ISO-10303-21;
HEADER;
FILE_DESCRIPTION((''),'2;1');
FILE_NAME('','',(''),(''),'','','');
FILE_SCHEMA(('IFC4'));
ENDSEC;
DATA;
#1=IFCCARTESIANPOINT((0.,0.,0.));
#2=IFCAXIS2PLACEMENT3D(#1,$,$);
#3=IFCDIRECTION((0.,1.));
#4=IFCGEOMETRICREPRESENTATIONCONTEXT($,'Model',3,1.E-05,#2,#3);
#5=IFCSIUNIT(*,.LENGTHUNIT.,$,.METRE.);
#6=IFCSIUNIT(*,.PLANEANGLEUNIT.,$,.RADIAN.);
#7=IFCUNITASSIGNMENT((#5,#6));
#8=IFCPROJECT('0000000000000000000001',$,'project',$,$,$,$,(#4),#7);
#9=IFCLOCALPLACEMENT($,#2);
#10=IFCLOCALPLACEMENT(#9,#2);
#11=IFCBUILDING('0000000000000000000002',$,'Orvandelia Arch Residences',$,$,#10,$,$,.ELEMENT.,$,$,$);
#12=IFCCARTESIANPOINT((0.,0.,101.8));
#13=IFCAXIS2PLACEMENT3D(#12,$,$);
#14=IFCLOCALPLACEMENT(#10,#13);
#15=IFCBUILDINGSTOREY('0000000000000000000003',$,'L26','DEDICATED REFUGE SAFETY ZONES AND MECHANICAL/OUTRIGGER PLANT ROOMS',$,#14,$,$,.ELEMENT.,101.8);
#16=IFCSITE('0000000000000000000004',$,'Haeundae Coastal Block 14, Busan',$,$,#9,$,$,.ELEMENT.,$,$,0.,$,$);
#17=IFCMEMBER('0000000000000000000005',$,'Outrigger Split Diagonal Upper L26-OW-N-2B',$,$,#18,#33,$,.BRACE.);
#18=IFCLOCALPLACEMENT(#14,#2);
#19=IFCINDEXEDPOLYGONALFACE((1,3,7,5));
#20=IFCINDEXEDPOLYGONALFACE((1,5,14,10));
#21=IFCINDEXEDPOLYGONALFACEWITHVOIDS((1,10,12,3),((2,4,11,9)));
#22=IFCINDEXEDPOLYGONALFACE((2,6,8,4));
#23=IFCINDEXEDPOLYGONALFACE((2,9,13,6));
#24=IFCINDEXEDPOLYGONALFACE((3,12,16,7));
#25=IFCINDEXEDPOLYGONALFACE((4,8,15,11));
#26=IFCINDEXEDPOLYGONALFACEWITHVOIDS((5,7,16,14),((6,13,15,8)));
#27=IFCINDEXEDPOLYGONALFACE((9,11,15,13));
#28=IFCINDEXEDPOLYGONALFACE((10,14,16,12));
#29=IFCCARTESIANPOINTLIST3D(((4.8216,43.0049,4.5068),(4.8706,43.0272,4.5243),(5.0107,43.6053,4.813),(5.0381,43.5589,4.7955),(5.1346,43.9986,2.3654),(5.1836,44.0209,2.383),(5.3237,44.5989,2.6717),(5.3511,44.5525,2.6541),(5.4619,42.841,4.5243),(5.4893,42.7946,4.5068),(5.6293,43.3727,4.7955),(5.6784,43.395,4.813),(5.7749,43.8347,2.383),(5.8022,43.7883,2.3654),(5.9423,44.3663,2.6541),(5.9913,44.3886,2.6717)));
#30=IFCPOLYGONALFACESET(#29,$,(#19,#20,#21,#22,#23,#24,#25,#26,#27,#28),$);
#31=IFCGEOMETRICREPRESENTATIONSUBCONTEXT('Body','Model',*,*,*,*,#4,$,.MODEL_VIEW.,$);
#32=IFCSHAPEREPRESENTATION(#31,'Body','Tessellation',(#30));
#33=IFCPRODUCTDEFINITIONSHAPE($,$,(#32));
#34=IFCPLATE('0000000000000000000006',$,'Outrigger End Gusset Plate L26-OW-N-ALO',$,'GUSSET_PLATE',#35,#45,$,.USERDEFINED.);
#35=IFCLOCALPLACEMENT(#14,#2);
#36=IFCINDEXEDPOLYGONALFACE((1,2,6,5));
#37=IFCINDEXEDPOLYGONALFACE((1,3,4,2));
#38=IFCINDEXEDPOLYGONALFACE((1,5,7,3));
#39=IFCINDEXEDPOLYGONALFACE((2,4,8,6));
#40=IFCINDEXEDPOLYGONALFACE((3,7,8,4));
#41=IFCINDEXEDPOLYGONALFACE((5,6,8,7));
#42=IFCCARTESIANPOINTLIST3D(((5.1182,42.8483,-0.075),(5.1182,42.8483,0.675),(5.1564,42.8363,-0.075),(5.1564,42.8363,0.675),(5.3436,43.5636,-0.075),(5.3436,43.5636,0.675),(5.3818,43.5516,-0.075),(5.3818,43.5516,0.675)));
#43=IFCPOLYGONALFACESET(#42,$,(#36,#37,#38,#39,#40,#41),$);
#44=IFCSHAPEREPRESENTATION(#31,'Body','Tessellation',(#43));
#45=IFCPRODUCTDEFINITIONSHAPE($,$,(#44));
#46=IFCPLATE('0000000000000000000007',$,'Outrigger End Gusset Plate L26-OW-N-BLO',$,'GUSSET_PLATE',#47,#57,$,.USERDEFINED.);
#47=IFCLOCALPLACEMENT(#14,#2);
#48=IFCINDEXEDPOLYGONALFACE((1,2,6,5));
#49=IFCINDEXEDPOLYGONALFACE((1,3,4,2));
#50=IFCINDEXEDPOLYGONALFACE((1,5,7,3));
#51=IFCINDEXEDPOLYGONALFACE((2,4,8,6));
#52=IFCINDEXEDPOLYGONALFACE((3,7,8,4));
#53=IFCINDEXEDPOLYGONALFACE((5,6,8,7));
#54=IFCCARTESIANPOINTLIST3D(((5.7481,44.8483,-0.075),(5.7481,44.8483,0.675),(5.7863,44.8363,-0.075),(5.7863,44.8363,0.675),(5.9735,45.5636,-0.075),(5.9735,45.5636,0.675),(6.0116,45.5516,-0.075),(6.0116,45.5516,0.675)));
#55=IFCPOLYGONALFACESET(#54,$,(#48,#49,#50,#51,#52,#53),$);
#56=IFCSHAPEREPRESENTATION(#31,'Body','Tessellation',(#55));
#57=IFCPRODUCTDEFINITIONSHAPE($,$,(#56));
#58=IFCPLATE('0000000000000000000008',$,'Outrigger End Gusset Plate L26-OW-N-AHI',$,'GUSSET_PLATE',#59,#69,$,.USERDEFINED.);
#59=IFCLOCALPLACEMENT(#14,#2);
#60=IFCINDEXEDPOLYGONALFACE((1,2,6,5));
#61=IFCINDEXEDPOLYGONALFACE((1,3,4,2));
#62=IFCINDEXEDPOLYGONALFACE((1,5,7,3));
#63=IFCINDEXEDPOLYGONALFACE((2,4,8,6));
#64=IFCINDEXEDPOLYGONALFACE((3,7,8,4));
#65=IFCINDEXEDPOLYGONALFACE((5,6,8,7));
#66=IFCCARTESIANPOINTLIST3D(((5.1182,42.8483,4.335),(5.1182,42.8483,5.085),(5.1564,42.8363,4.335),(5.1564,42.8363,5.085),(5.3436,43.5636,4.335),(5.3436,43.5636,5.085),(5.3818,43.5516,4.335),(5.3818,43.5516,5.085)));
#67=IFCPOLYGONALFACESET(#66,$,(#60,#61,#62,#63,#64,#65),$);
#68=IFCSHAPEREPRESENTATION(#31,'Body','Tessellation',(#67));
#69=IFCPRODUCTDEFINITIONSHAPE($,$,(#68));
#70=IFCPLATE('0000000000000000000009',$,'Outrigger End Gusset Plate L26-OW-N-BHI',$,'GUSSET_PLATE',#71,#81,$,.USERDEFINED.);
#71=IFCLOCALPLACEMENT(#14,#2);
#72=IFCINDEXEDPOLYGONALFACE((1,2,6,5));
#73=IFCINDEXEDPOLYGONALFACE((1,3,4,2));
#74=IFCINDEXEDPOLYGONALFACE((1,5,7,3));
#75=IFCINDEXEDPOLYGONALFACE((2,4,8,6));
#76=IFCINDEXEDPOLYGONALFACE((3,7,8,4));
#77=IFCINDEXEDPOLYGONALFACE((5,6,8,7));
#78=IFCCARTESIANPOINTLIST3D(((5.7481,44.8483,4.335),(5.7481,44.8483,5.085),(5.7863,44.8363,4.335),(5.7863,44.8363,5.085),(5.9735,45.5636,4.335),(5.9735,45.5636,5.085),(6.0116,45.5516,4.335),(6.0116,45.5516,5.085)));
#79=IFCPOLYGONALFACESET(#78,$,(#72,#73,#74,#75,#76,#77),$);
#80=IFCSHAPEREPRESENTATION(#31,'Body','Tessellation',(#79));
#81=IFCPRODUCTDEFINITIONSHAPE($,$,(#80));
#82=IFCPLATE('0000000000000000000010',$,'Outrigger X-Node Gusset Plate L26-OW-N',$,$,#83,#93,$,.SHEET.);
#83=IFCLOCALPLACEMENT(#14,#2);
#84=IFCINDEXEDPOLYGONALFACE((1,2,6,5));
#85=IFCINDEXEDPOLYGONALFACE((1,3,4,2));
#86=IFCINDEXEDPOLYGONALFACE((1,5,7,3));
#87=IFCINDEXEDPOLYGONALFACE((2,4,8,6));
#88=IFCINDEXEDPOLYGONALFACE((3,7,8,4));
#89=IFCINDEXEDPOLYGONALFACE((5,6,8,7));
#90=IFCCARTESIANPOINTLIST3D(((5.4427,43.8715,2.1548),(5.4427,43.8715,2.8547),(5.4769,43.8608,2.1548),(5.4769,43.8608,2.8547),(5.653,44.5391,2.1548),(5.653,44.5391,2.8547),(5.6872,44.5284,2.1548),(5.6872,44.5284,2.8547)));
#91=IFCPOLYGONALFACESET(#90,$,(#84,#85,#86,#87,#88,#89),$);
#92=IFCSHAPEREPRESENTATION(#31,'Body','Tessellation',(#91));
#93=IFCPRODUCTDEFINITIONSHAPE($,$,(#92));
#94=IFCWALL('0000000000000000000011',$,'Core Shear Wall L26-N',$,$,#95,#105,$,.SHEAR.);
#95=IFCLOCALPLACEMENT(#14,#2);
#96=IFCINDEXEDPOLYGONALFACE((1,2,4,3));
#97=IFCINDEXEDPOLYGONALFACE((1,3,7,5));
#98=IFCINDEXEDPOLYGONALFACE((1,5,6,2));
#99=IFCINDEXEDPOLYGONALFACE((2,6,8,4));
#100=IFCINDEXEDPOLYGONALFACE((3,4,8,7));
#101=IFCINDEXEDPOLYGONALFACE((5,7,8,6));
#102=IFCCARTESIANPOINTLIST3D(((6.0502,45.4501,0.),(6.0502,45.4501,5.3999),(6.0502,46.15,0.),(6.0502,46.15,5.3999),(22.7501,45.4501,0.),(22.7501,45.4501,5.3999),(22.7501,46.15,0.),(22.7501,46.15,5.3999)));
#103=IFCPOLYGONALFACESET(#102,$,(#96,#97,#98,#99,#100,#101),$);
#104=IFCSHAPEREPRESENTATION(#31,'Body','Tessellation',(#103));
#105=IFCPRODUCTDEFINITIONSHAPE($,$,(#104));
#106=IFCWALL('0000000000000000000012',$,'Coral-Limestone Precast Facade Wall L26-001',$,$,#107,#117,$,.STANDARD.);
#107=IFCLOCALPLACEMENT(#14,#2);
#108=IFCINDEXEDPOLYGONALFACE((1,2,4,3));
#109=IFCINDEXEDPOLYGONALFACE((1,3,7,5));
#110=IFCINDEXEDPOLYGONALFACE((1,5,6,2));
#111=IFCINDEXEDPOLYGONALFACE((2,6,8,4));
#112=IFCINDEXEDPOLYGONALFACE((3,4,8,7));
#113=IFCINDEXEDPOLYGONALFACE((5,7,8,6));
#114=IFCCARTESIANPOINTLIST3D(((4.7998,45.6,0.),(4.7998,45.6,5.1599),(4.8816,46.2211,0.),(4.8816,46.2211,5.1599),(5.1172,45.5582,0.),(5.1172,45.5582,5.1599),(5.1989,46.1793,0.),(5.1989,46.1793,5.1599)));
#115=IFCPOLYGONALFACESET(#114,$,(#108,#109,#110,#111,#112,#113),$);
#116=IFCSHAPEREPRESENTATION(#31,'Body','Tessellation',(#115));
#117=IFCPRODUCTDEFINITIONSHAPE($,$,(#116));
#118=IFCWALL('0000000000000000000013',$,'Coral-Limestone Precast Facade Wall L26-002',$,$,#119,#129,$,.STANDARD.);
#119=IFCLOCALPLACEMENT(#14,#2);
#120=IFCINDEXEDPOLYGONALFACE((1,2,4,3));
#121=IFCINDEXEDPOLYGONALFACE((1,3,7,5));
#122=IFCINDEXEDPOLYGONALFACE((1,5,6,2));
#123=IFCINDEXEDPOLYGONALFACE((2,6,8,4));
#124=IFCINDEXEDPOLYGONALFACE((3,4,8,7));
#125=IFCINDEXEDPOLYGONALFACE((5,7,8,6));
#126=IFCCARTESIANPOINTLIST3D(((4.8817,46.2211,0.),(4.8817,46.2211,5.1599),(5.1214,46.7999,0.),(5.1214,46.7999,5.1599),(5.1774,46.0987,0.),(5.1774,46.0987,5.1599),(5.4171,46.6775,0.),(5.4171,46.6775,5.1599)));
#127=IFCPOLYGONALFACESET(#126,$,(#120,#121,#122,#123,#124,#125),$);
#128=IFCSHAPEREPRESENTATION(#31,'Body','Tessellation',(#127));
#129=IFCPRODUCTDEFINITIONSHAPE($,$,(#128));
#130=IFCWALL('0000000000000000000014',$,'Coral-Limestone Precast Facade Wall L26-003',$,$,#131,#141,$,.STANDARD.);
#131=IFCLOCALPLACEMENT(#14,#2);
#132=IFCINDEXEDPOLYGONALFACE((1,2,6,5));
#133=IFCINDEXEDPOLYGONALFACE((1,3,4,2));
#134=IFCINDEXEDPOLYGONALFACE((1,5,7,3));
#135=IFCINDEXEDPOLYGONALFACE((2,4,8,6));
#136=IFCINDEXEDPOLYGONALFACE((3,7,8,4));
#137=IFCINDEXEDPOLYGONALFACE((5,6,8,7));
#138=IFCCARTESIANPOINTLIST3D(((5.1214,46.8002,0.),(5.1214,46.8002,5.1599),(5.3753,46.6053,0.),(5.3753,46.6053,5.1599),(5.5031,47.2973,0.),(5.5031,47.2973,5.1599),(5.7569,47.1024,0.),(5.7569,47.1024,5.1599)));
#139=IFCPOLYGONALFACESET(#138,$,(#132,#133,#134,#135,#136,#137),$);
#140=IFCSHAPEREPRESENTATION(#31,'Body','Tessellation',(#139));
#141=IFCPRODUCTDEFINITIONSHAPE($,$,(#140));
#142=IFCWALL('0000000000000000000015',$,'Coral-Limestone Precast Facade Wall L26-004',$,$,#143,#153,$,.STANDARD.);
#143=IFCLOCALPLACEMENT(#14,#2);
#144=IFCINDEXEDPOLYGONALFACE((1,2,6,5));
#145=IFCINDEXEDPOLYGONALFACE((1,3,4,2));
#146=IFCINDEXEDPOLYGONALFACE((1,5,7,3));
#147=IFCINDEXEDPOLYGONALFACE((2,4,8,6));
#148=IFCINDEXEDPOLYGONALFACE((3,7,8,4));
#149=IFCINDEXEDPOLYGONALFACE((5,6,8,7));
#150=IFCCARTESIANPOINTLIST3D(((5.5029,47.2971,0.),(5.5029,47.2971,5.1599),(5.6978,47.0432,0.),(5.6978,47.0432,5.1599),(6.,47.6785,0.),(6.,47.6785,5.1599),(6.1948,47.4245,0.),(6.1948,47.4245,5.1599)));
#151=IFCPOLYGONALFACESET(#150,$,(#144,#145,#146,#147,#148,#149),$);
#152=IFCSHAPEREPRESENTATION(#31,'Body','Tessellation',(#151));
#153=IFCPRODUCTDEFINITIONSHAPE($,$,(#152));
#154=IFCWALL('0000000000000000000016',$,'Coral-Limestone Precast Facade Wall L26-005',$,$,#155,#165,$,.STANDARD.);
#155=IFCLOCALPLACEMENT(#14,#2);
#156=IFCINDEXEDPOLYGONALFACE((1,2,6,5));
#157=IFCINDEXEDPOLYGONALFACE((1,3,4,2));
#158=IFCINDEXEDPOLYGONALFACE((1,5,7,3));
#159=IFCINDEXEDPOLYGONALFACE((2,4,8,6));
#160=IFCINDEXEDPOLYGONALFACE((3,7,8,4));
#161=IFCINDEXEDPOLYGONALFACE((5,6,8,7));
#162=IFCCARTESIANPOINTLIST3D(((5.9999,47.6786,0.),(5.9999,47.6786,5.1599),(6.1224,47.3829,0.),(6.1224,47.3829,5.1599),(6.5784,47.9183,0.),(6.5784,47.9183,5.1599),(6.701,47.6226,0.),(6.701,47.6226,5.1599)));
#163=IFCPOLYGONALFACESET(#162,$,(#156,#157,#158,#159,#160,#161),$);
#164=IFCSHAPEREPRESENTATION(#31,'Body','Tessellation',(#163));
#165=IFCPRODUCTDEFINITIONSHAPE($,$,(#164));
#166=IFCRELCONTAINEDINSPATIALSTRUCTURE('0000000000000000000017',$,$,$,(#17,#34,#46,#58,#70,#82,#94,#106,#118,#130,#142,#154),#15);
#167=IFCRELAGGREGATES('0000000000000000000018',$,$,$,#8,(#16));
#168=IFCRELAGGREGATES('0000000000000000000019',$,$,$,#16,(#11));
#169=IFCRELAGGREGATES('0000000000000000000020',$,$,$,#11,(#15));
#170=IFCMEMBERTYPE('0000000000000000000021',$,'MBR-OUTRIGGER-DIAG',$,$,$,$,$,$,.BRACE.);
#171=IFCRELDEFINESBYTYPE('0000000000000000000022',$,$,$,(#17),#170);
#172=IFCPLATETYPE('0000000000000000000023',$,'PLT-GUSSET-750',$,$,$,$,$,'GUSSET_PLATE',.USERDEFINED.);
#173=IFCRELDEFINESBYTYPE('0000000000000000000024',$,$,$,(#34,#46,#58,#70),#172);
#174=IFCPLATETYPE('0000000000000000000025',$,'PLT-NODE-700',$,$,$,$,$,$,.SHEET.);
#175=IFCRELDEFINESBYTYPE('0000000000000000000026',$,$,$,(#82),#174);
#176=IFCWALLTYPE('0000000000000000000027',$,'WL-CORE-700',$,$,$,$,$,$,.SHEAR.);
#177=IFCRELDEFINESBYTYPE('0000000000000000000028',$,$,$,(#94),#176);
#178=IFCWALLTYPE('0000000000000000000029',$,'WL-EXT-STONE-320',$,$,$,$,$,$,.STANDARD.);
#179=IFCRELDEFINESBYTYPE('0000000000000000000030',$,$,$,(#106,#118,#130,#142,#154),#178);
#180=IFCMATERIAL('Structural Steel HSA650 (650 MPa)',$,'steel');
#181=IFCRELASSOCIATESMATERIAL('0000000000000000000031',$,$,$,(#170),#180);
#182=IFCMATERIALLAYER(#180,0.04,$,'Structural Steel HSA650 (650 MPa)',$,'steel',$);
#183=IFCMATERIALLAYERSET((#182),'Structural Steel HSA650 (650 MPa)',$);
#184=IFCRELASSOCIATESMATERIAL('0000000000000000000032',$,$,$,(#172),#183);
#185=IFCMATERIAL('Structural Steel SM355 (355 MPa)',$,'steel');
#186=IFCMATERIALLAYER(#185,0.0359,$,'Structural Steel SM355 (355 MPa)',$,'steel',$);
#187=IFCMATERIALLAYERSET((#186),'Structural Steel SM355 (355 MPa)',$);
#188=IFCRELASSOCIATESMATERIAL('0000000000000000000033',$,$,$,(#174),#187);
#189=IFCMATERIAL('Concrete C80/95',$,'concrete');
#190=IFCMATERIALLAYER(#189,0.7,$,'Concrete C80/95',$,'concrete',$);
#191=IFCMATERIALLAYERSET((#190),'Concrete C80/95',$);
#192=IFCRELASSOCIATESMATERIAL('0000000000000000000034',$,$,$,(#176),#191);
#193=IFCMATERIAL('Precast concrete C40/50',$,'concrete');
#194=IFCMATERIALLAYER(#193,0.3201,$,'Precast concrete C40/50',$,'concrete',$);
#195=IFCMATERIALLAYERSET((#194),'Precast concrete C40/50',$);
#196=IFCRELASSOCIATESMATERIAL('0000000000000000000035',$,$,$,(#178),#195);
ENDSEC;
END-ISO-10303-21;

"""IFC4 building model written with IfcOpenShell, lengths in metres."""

from ifc_helpers import new_model, si_unit, direction, frame, frame_2d, origin, origin_2d, place, context, subcontext, project, spatial, rectangle, hollow_rectangle, extrude, material, layer, layer_set, material_profile, profile_set, type_object, element, save


model = new_model("IFC4")

# Units and contexts
model_context = context("Model", 3, precision=1e-05, world=origin(), true_north=direction((0.0, 1.0)))
body_context = subcontext(model_context, "Body", "Model", "MODEL_VIEW")
ifc_project = project(units=[si_unit("LENGTHUNIT", "METRE"), si_unit("PLANEANGLEUNIT", "RADIAN")], contexts=[model_context])

# Site, building, storey
site_placement = place(None, origin())
site = spatial("IfcSite", under=ifc_project, at=site_placement, Name="Haeundae Coastal Block 14, Busan", CompositionType="ELEMENT", RefElevation=0.0)
building_placement = place(site_placement, origin())
building = spatial("IfcBuilding", under=site, at=building_placement, Name="Orvandelia Arch Residences", CompositionType="ELEMENT")
storey_placement = place(building_placement, frame((0.0, 0.0, 101.8)))
storey = spatial("IfcBuildingStorey", under=building, at=storey_placement, Name="L26", Description="DEDICATED REFUGE SAFETY ZONES AND MECHANICAL/OUTRIGGER PLANT ROOMS", CompositionType="ELEMENT", Elevation=101.8)

# Shared definitions
ifc_material_1 = material(Name="Concrete C80/95", Category="concrete")

# Shared definitions
ifc_material_2 = material(Name="Structural Steel SM355 (355 MPa)", Category="steel")

# Member
ifc_material_3 = material(Name="Structural Steel HSA650 (650 MPa)", Category="steel")
ifc_material_profile_1 = material_profile(ifc_material_3, hollow_rectangle(XDim=0.7, YDim=0.7, WallThickness=0.04, at=origin_2d()), Name="Structural Steel HSA650 (650 MPa)", Category="steel")
ifc_profile_set_1 = profile_set([ifc_material_profile_1], Name="Structural Steel HSA650 (650 MPa)")
member_type_1 = type_object("IfcMemberType", Name="MBR-OUTRIGGER-DIAG", PredefinedType="BRACE", material=ifc_profile_set_1)
member_1_placement = place(storey_placement, frame((5.563, 44.1936, 2.5186), z_axis=(-0.131434, -0.417268, 0.899229), x_axis=(0.953802, -0.300436, 0.0)))
element("IfcMember", 1, at=member_1_placement, inside=storey, type_object=member_type_1, Name="Outrigger Split Diagonal Upper L26-OW-N-2B", PredefinedType="BRACE", context=body_context, shape_type="SweptSolid", body=[
    extrude(hollow_rectangle(XDim=0.7, YDim=0.7, WallThickness=0.04, at=origin_2d()), origin(), (0.0, 0.0, 1.0), 2.3813),
])

# Plates
ifc_layer_1 = layer(ifc_material_3, 0.04, Name="Structural Steel HSA650 (650 MPa)", Category="steel")
ifc_layer_set_1 = layer_set([ifc_layer_1], Name="Structural Steel HSA650 (650 MPa)")
plate_type_1 = type_object("IfcPlateType", Name="PLT-GUSSET-750", ElementType="GUSSET_PLATE", PredefinedType="USERDEFINED", material=ifc_layer_set_1)
for number, where, z_axis, x_axis, name in (
    (2, (5.25, 43.2, -0.075), (0.0, 0.0, 1.0), (0.300439, 0.953801, 0.0), "Outrigger End Gusset Plate L26-OW-N-ALO"),
    (3, (5.8799, 45.2, -0.075), (0.0, 0.0, 1.0), (0.300439, 0.953801, 0.0), "Outrigger End Gusset Plate L26-OW-N-BLO"),
    (4, (5.25, 43.2, 4.335), (0.0, 0.0, 1.0), (0.300439, 0.953801, 0.0), "Outrigger End Gusset Plate L26-OW-N-AHI"),
    (5, (5.8799, 45.2, 4.335), (0.0, 0.0, 1.0), (0.300439, 0.953801, 0.0), "Outrigger End Gusset Plate L26-OW-N-BHI"),
):
    element("IfcPlate", number, at=place(storey_placement, frame(where, z_axis=z_axis, x_axis=x_axis)), inside=storey, type_object=plate_type_1, Name=name, ObjectType="GUSSET_PLATE", PredefinedType="USERDEFINED", context=body_context, shape_type="SweptSolid", body=[
        extrude(rectangle(XDim=0.75, YDim=0.04, at=origin_2d()), origin(), (0.0, 0.0, 1.0), 0.75),
    ])
ifc_layer_2 = layer(ifc_material_2, 0.0359, Name="Structural Steel SM355 (355 MPa)", Category="steel")
ifc_layer_set_2 = layer_set([ifc_layer_2], Name="Structural Steel SM355 (355 MPa)")
plate_type_2 = type_object("IfcPlateType", Name="PLT-NODE-700", PredefinedType="SHEET", material=ifc_layer_set_2)
plate_placement = place(storey_placement, frame((5.5649, 44.2, 2.1548), z_axis=(0.0, 0.0, 1.0), x_axis=(0.300439, 0.953801, 0.0)))
element("IfcPlate", 6, at=plate_placement, inside=storey, type_object=plate_type_2, Name="Outrigger X-Node Gusset Plate L26-OW-N", PredefinedType="SHEET", context=body_context, shape_type="SweptSolid", body=[
    extrude(rectangle(XDim=0.7, YDim=0.0359, at=origin_2d()), origin(), (0.0, 0.0, 1.0), 0.7),
])

# Walls
ifc_layer_3 = layer(ifc_material_1, 0.7, Name="Concrete C80/95", Category="concrete")
ifc_layer_set_3 = layer_set([ifc_layer_3], Name="Concrete C80/95")
wall_type_1 = type_object("IfcWallType", Name="WL-CORE-700", PredefinedType="SHEAR", material=ifc_layer_set_3)
wall_1_placement = place(storey_placement, frame((6.05, 45.8, 0.0), z_axis=(0.0, 0.0, 1.0), x_axis=(1.0, 0.0, 0.0)))
element("IfcWall", 7, at=wall_1_placement, inside=storey, type_object=wall_type_1, Name="Core Shear Wall L26-N", PredefinedType="SHEAR", context=body_context, shape_type="SweptSolid", body=[
    extrude(rectangle(XDim=16.7, YDim=0.7, at=frame_2d((8.3501, 0.0))), origin(), (0.0, 0.0, 1.0), 5.3999),
])
ifc_material_4 = material(Name="Precast concrete C40/50", Category="concrete")
ifc_layer_4 = layer(ifc_material_4, 0.3201, Name="Precast concrete C40/50", Category="concrete")
ifc_layer_set_4 = layer_set([ifc_layer_4], Name="Precast concrete C40/50")
wall_type_2 = type_object("IfcWallType", Name="WL-EXT-STONE-320", PredefinedType="STANDARD", material=ifc_layer_set_4)
for number, where, z_axis, x_axis, name in (
    (8, (4.9585, 45.5791, 0.0), (0.0, 0.0, 1.0), (0.130555, 0.991441, 0.0), "Coral-Limestone Precast Facade Wall L26-001"),
    (9, (5.0295, 46.1599, 0.0), (0.0, 0.0, 1.0), (0.38265, 0.923893, 0.0), "Coral-Limestone Precast Facade Wall L26-002"),
):
    element("IfcWall", number, at=place(storey_placement, frame(where, z_axis=z_axis, x_axis=x_axis)), inside=storey, type_object=wall_type_2, Name=name, PredefinedType="STANDARD", context=body_context, shape_type="SweptSolid", body=[
        extrude(rectangle(XDim=0.6265, YDim=0.3201, at=frame_2d((0.3132, 0.0))), origin(), (0.0, 0.0, 1.0), 5.1599),
    ])
wall_2_placement = place(storey_placement, frame((5.2483, 46.7026, 0.0), z_axis=(0.0, 0.0, 1.0), x_axis=(0.608939, 0.793217, 0.0)))
element("IfcWall", 10, at=wall_2_placement, inside=storey, type_object=wall_type_2, Name="Coral-Limestone Precast Facade Wall L26-003", PredefinedType="STANDARD", context=body_context, shape_type="SweptSolid", body=[
    extrude(rectangle(XDim=0.6267, YDim=0.3201, at=frame_2d((0.3135, 0.0))), origin(), (0.0, 0.0, 1.0), 5.1599),
])
wall_3_placement = place(storey_placement, frame((5.6003, 47.1702, 0.0), z_axis=(0.0, 0.0, 1.0), x_axis=(0.793406, 0.608693, 0.0)))
element("IfcWall", 11, at=wall_3_placement, inside=storey, type_object=wall_type_2, Name="Coral-Limestone Precast Facade Wall L26-004", PredefinedType="STANDARD", context=body_context, shape_type="SweptSolid", body=[
    extrude(rectangle(XDim=0.6265, YDim=0.3201, at=frame_2d((0.3132, 0.0))), origin(), (0.0, 0.0, 1.0), 5.1599),
])
wall_4_placement = place(storey_placement, frame((6.0613, 47.5308, 0.0), z_axis=(0.0, 0.0, 1.0), x_axis=(0.923836, 0.382788, 0.0)))
element("IfcWall", 12, at=wall_4_placement, inside=storey, type_object=wall_type_2, Name="Coral-Limestone Precast Facade Wall L26-005", PredefinedType="STANDARD", context=body_context, shape_type="SweptSolid", body=[
    extrude(rectangle(XDim=0.6262, YDim=0.3201, at=frame_2d((0.313, 0.0))), origin(), (0.0, 0.0, 1.0), 5.1599),
])

save(model, "model.ifc")
